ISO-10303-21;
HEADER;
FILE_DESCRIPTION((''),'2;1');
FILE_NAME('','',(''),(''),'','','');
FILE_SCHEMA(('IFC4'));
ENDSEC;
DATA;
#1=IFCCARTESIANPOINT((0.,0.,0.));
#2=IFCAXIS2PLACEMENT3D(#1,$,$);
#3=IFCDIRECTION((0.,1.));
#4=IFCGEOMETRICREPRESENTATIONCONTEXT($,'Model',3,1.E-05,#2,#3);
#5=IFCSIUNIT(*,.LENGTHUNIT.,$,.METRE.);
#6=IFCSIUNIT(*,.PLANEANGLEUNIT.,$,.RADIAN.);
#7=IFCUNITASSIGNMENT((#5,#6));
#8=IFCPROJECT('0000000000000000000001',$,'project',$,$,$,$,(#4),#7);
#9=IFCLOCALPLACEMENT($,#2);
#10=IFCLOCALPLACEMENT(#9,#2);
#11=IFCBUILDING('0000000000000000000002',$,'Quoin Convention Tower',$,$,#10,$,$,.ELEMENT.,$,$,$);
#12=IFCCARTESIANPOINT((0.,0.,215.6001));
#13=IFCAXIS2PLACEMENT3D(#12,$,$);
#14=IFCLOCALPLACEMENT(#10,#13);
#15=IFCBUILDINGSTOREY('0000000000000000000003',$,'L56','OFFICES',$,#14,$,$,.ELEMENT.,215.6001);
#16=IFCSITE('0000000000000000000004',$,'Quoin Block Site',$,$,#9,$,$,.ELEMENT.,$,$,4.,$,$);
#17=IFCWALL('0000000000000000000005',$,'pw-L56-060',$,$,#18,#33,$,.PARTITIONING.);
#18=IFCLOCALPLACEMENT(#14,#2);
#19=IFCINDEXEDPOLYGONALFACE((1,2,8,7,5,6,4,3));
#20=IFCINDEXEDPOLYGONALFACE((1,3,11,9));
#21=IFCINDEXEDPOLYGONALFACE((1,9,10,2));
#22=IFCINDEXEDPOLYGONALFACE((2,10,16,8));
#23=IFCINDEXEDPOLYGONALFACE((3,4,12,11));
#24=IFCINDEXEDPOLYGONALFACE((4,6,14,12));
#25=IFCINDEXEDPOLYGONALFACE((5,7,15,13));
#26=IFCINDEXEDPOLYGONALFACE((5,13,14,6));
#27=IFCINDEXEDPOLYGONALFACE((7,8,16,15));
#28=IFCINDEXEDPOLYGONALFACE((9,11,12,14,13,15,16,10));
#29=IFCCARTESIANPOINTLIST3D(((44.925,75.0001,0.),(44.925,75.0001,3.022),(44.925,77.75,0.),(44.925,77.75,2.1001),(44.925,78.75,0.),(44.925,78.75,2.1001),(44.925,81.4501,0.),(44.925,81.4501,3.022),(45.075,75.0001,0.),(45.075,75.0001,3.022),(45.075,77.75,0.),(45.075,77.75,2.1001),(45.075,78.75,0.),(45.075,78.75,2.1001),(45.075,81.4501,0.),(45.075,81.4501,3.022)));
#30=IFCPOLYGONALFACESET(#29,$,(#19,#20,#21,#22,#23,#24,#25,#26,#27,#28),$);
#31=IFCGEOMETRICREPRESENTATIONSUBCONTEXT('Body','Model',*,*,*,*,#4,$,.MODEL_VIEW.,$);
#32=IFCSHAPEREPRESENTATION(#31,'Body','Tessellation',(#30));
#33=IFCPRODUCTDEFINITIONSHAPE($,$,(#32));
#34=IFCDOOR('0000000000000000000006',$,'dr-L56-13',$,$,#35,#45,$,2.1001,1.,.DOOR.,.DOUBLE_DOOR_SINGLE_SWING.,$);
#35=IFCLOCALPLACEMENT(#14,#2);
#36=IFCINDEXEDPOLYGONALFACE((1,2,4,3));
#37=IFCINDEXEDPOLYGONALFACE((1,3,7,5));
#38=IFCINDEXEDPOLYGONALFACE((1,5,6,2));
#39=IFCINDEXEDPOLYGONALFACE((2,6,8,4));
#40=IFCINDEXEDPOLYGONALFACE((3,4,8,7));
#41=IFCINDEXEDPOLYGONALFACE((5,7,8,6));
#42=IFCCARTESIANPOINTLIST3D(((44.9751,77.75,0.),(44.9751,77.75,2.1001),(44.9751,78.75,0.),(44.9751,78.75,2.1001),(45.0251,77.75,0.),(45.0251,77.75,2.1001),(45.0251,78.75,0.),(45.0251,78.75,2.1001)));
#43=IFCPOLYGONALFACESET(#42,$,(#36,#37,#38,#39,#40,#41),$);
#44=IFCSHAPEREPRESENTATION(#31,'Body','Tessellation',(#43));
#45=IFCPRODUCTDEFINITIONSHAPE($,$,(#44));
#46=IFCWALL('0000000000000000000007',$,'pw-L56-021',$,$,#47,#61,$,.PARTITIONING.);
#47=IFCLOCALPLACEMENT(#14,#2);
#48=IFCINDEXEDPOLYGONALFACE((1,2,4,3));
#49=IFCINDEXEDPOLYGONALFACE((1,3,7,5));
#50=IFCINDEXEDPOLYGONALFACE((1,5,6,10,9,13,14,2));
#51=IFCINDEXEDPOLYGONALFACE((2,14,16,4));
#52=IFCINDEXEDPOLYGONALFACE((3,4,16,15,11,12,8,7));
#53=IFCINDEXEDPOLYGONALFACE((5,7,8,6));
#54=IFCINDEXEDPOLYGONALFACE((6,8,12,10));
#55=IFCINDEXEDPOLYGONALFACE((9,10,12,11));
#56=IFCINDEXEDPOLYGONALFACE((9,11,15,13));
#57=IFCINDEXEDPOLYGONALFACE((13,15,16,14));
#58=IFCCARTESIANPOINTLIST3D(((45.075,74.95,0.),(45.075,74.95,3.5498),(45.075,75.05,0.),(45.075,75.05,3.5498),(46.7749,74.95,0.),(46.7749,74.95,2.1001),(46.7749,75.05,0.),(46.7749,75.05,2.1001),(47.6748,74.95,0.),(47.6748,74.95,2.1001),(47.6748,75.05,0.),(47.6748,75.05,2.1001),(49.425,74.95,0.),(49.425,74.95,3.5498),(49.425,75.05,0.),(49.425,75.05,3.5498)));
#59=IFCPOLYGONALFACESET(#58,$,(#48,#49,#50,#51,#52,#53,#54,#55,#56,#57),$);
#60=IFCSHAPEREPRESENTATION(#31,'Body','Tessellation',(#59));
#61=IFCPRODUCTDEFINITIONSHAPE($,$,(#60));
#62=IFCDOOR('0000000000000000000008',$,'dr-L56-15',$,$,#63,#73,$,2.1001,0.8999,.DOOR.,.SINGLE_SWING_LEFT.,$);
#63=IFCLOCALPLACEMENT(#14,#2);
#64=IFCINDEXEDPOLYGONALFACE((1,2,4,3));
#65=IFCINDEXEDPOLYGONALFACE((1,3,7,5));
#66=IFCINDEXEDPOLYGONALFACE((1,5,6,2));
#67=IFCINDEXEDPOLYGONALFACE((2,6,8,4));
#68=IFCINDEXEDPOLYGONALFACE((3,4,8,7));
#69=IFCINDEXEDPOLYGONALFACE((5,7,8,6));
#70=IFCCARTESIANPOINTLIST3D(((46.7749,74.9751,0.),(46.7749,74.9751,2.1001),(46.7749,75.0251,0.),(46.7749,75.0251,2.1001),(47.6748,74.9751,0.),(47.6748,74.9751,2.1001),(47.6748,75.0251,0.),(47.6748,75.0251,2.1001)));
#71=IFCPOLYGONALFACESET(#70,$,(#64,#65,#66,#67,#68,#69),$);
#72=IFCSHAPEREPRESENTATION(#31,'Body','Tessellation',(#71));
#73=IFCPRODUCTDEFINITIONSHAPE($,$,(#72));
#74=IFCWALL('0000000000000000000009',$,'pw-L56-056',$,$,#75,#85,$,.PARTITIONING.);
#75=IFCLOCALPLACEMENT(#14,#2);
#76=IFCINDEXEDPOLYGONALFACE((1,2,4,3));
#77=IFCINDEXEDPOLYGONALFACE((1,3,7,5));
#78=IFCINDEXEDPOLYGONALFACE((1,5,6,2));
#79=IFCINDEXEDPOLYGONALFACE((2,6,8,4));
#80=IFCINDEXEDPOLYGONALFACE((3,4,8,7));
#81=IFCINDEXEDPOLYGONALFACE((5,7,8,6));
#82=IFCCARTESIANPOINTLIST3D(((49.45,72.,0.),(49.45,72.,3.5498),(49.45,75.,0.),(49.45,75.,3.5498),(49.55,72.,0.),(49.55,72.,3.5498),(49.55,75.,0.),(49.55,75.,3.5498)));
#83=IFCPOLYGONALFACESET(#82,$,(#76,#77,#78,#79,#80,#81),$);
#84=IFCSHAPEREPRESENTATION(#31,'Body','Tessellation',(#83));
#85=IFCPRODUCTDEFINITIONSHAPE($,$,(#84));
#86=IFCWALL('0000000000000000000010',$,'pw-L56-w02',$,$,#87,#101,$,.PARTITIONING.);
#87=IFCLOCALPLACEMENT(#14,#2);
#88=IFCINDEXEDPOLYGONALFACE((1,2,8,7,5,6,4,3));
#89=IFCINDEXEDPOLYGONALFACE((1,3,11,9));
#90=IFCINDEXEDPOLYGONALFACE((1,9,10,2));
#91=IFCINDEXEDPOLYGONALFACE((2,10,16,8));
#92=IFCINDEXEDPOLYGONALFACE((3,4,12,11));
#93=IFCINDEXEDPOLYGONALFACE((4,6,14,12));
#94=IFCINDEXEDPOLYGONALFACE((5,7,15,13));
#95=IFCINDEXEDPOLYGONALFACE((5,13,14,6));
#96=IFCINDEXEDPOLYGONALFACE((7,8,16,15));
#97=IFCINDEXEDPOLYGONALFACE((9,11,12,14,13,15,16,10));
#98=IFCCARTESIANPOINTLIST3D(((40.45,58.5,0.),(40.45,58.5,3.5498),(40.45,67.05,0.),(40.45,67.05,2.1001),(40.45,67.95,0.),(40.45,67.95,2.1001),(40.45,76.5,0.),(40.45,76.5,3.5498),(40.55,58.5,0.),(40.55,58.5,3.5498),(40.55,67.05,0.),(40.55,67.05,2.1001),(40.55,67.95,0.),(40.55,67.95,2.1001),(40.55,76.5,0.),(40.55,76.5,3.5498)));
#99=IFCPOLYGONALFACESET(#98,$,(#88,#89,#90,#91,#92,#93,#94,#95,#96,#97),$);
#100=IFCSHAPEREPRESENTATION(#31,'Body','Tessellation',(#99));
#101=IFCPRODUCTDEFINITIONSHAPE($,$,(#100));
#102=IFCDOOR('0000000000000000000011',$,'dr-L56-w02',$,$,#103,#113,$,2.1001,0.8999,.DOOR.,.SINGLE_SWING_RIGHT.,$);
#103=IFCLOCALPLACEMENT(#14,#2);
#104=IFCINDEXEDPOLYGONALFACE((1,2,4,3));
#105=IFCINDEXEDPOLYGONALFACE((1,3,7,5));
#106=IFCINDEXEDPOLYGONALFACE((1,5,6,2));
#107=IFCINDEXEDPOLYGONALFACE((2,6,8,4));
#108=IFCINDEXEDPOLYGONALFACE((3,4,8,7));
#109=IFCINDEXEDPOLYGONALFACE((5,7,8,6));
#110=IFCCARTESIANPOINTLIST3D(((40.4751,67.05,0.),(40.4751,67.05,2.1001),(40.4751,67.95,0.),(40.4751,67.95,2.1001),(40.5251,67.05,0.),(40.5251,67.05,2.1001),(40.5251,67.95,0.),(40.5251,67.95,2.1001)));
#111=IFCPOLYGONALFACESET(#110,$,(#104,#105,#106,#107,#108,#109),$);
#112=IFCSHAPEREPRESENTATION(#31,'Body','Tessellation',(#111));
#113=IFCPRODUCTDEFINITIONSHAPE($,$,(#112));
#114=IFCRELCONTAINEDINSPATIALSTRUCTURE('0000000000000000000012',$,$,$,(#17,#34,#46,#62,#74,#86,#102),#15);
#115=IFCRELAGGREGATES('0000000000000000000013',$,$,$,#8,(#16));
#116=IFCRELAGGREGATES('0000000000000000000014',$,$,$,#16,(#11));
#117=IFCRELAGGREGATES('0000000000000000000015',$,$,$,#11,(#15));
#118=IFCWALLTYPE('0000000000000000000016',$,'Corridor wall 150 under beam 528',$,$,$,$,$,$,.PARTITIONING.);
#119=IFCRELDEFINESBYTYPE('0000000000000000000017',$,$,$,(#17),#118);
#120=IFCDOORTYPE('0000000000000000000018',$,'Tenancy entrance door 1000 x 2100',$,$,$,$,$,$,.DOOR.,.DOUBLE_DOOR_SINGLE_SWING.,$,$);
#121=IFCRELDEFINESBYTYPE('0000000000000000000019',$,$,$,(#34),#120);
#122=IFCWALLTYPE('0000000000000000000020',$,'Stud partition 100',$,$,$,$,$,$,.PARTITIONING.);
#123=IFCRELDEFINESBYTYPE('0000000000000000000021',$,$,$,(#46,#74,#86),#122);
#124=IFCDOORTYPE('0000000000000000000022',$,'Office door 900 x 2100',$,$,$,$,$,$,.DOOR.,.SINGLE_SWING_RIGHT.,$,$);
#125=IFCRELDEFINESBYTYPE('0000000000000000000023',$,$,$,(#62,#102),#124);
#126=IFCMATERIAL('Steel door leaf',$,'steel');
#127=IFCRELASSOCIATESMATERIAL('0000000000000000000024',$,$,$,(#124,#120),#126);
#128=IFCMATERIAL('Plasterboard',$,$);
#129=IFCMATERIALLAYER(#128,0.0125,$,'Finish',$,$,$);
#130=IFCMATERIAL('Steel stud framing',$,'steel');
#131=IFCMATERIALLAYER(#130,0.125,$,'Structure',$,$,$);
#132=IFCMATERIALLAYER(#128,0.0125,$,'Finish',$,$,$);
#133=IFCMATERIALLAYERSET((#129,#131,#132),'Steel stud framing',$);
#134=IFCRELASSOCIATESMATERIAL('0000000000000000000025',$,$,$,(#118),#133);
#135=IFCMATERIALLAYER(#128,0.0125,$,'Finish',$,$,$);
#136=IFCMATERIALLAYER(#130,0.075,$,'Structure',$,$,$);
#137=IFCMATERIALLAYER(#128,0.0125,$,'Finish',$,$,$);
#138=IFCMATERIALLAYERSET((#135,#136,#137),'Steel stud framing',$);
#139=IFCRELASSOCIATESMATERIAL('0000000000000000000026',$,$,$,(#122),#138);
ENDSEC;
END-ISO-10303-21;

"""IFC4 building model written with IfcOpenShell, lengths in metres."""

from ifc_helpers import new_model, si_unit, direction, frame, frame_2d, origin, place, context, subcontext, project, spatial, rectangle, extrude, material, layer, layer_set, type_object, element, fill, save


model = new_model("IFC4")

# Units and contexts
model_context = context("Model", 3, precision=1e-05, world=origin(), true_north=direction((0.0, 1.0)))
body_context = subcontext(model_context, "Body", "Model", "MODEL_VIEW")
ifc_project = project(units=[si_unit("LENGTHUNIT", "METRE"), si_unit("PLANEANGLEUNIT", "RADIAN")], contexts=[model_context])

# Site, building, storey
site_placement = place(None, origin())
site = spatial("IfcSite", under=ifc_project, at=site_placement, Name="Quoin Block Site", CompositionType="ELEMENT", RefElevation=4.0)
building_placement = place(site_placement, origin())
building = spatial("IfcBuilding", under=site, at=building_placement, Name="Quoin Convention Tower", CompositionType="ELEMENT")
storey_placement = place(building_placement, frame((0.0, 0.0, 215.6001)))
storey = spatial("IfcBuildingStorey", under=building, at=storey_placement, Name="L56", Description="OFFICES", CompositionType="ELEMENT", Elevation=215.6001)

# Shared definitions
ifc_material_1 = material(Name="Plasterboard")
ifc_material_2 = material(Name="Steel stud framing", Category="steel")
ifc_material_3 = material(Name="Steel door leaf", Category="steel")
door_type_1 = type_object("IfcDoorType", Name="Office door 900 x 2100", OperationType="SINGLE_SWING_RIGHT", PredefinedType="DOOR", material=ifc_material_3)

# Walls, openings, doors
ifc_layer_1 = layer(ifc_material_1, 0.0125, Name="Finish")
ifc_layer_2 = layer(ifc_material_2, 0.125, Name="Structure")
ifc_layer_3 = layer(ifc_material_1, 0.0125, Name="Finish")
ifc_layer_set_1 = layer_set([ifc_layer_1, ifc_layer_2, ifc_layer_3], Name="Steel stud framing")
wall_type_1 = type_object("IfcWallType", Name="Corridor wall 150 under beam 528", PredefinedType="PARTITIONING", material=ifc_layer_set_1)
wall_1_placement = place(storey_placement, frame((45.0, 75.0, 0.0), z_axis=(0.0, 0.0, 1.0), x_axis=(0.0, 1.0, 0.0)))
wall_1 = element("IfcWall", 1, at=wall_1_placement, inside=storey, type_object=wall_type_1, Name="pw-L56-060", PredefinedType="PARTITIONING", context=body_context, shape_type="SweptSolid", body=[
    extrude(rectangle(XDim=6.45, YDim=0.1499, at=frame_2d((3.2251, 0.0))), origin(), (0.0, 0.0, 1.0), 3.022),
])
opening_1_placement = place(wall_1_placement, frame((2.75, 0.0, 0.0)))
opening_1 = element("IfcOpeningElement", 2, at=opening_1_placement, cuts=wall_1, PredefinedType="OPENING", context=body_context, shape_type="SweptSolid", body=[
    extrude(rectangle(XDim=1.0, YDim=2.1001, at=frame_2d((0.5, 1.05))), frame((0.0, 0.085, 0.0), z_axis=(0.0, -1.0, 0.0), x_axis=(1.0, 0.0, 0.0)), (0.0, 0.0, 1.0), 0.1699),
])
door_type_2 = type_object("IfcDoorType", Name="Tenancy entrance door 1000 x 2100", OperationType="DOUBLE_DOOR_SINGLE_SWING", PredefinedType="DOOR", material=ifc_material_3)
door_1_placement = place(opening_1_placement, origin())
door_1 = element("IfcDoor", 3, at=door_1_placement, inside=storey, type_object=door_type_2, Name="dr-L56-13", OperationType="DOUBLE_DOOR_SINGLE_SWING", OverallHeight=2.1001, OverallWidth=1.0, PredefinedType="DOOR", context=body_context, shape_type="SweptSolid", body=[
    extrude(rectangle(XDim=1.0, YDim=2.1001, at=frame_2d((0.5, 1.05))), frame((0.0, 0.0249, 0.0), z_axis=(0.0, -1.0, 0.0), x_axis=(1.0, 0.0, 0.0)), (0.0, 0.0, 1.0), 0.05),
])
fill(opening_1, door_1)
ifc_layer_4 = layer(ifc_material_1, 0.0125, Name="Finish")
ifc_layer_5 = layer(ifc_material_2, 0.075, Name="Structure")
ifc_layer_6 = layer(ifc_material_1, 0.0125, Name="Finish")
ifc_layer_set_2 = layer_set([ifc_layer_4, ifc_layer_5, ifc_layer_6], Name="Steel stud framing")
wall_type_2 = type_object("IfcWallType", Name="Stud partition 100", PredefinedType="PARTITIONING", material=ifc_layer_set_2)
wall_2_placement = place(storey_placement, frame((45.075, 75.0, 0.0), z_axis=(0.0, 0.0, 1.0), x_axis=(1.0, 0.0, 0.0)))
wall_2 = element("IfcWall", 4, at=wall_2_placement, inside=storey, type_object=wall_type_2, Name="pw-L56-021", PredefinedType="PARTITIONING", context=body_context, shape_type="SweptSolid", body=[
    extrude(rectangle(XDim=4.3501, YDim=0.1001, at=frame_2d((2.175, 0.0))), origin(), (0.0, 0.0, 1.0), 3.5498),
])
opening_2_placement = place(wall_2_placement, frame((1.7, 0.0, 0.0)))
opening_2 = element("IfcOpeningElement", 5, at=opening_2_placement, cuts=wall_2, PredefinedType="OPENING", context=body_context, shape_type="SweptSolid", body=[
    extrude(rectangle(XDim=0.8999, YDim=2.1001, at=frame_2d((0.45, 1.05))), frame((0.0, 0.0601, 0.0), z_axis=(0.0, -1.0, 0.0), x_axis=(1.0, 0.0, 0.0)), (0.0, 0.0, 1.0), 0.1201),
])
door_2_placement = place(opening_2_placement, frame((0.8999, 0.0, 0.0), z_axis=(0.0, 0.0, 1.0), x_axis=(-1.0, 0.0, 0.0)))
door_2 = element("IfcDoor", 6, at=door_2_placement, inside=storey, type_object=door_type_1, Name="dr-L56-15", OperationType="SINGLE_SWING_LEFT", OverallHeight=2.1001, OverallWidth=0.8999, PredefinedType="DOOR", context=body_context, shape_type="SweptSolid", body=[
    extrude(rectangle(XDim=0.8999, YDim=2.1001, at=frame_2d((0.45, 1.05))), frame((0.0, 0.0249, 0.0), z_axis=(0.0, -1.0, 0.0), x_axis=(1.0, 0.0, 0.0)), (0.0, 0.0, 1.0), 0.05),
])
fill(opening_2, door_2)

# Wall
wall_3_placement = place(storey_placement, frame((49.5, 72.0, 0.0), z_axis=(0.0, 0.0, 1.0), x_axis=(0.0, 1.0, 0.0)))
element("IfcWall", 7, at=wall_3_placement, inside=storey, type_object=wall_type_2, Name="pw-L56-056", PredefinedType="PARTITIONING", context=body_context, shape_type="SweptSolid", body=[
    extrude(rectangle(XDim=3.0, YDim=0.1001, at=frame_2d((1.5, 0.0))), origin(), (0.0, 0.0, 1.0), 3.5498),
])

# Wall, opening, door
wall_4_placement = place(storey_placement, frame((40.5, 76.5, 0.0), z_axis=(0.0, 0.0, 1.0), x_axis=(0.0, -1.0, 0.0)))
wall_4 = element("IfcWall", 8, at=wall_4_placement, inside=storey, type_object=wall_type_2, Name="pw-L56-w02", PredefinedType="PARTITIONING", context=body_context, shape_type="SweptSolid", body=[
    extrude(rectangle(XDim=18.0, YDim=0.1001, at=frame_2d((9.0, 0.0))), origin(), (0.0, 0.0, 1.0), 3.5498),
])
opening_3_placement = place(wall_4_placement, frame((8.55, 0.0, 0.0)))
opening_3 = element("IfcOpeningElement", 9, at=opening_3_placement, cuts=wall_4, PredefinedType="OPENING", context=body_context, shape_type="SweptSolid", body=[
    extrude(rectangle(XDim=0.8999, YDim=2.1001, at=frame_2d((0.45, 1.05))), frame((0.0, 0.0601, 0.0), z_axis=(0.0, -1.0, 0.0), x_axis=(1.0, 0.0, 0.0)), (0.0, 0.0, 1.0), 0.1201),
])
door_3_placement = place(opening_3_placement, frame((0.8999, 0.0, 0.0), z_axis=(0.0, 0.0, 1.0), x_axis=(-1.0, 0.0, 0.0)))
door_3 = element("IfcDoor", 10, at=door_3_placement, inside=storey, type_object=door_type_1, Name="dr-L56-w02", OperationType="SINGLE_SWING_RIGHT", OverallHeight=2.1001, OverallWidth=0.8999, PredefinedType="DOOR", context=body_context, shape_type="SweptSolid", body=[
    extrude(rectangle(XDim=0.8999, YDim=2.1001, at=frame_2d((0.45, 1.05))), frame((0.0, 0.0249, 0.0), z_axis=(0.0, -1.0, 0.0), x_axis=(1.0, 0.0, 0.0)), (0.0, 0.0, 1.0), 0.05),
])
fill(opening_3, door_3)

save(model, "model.ifc")
